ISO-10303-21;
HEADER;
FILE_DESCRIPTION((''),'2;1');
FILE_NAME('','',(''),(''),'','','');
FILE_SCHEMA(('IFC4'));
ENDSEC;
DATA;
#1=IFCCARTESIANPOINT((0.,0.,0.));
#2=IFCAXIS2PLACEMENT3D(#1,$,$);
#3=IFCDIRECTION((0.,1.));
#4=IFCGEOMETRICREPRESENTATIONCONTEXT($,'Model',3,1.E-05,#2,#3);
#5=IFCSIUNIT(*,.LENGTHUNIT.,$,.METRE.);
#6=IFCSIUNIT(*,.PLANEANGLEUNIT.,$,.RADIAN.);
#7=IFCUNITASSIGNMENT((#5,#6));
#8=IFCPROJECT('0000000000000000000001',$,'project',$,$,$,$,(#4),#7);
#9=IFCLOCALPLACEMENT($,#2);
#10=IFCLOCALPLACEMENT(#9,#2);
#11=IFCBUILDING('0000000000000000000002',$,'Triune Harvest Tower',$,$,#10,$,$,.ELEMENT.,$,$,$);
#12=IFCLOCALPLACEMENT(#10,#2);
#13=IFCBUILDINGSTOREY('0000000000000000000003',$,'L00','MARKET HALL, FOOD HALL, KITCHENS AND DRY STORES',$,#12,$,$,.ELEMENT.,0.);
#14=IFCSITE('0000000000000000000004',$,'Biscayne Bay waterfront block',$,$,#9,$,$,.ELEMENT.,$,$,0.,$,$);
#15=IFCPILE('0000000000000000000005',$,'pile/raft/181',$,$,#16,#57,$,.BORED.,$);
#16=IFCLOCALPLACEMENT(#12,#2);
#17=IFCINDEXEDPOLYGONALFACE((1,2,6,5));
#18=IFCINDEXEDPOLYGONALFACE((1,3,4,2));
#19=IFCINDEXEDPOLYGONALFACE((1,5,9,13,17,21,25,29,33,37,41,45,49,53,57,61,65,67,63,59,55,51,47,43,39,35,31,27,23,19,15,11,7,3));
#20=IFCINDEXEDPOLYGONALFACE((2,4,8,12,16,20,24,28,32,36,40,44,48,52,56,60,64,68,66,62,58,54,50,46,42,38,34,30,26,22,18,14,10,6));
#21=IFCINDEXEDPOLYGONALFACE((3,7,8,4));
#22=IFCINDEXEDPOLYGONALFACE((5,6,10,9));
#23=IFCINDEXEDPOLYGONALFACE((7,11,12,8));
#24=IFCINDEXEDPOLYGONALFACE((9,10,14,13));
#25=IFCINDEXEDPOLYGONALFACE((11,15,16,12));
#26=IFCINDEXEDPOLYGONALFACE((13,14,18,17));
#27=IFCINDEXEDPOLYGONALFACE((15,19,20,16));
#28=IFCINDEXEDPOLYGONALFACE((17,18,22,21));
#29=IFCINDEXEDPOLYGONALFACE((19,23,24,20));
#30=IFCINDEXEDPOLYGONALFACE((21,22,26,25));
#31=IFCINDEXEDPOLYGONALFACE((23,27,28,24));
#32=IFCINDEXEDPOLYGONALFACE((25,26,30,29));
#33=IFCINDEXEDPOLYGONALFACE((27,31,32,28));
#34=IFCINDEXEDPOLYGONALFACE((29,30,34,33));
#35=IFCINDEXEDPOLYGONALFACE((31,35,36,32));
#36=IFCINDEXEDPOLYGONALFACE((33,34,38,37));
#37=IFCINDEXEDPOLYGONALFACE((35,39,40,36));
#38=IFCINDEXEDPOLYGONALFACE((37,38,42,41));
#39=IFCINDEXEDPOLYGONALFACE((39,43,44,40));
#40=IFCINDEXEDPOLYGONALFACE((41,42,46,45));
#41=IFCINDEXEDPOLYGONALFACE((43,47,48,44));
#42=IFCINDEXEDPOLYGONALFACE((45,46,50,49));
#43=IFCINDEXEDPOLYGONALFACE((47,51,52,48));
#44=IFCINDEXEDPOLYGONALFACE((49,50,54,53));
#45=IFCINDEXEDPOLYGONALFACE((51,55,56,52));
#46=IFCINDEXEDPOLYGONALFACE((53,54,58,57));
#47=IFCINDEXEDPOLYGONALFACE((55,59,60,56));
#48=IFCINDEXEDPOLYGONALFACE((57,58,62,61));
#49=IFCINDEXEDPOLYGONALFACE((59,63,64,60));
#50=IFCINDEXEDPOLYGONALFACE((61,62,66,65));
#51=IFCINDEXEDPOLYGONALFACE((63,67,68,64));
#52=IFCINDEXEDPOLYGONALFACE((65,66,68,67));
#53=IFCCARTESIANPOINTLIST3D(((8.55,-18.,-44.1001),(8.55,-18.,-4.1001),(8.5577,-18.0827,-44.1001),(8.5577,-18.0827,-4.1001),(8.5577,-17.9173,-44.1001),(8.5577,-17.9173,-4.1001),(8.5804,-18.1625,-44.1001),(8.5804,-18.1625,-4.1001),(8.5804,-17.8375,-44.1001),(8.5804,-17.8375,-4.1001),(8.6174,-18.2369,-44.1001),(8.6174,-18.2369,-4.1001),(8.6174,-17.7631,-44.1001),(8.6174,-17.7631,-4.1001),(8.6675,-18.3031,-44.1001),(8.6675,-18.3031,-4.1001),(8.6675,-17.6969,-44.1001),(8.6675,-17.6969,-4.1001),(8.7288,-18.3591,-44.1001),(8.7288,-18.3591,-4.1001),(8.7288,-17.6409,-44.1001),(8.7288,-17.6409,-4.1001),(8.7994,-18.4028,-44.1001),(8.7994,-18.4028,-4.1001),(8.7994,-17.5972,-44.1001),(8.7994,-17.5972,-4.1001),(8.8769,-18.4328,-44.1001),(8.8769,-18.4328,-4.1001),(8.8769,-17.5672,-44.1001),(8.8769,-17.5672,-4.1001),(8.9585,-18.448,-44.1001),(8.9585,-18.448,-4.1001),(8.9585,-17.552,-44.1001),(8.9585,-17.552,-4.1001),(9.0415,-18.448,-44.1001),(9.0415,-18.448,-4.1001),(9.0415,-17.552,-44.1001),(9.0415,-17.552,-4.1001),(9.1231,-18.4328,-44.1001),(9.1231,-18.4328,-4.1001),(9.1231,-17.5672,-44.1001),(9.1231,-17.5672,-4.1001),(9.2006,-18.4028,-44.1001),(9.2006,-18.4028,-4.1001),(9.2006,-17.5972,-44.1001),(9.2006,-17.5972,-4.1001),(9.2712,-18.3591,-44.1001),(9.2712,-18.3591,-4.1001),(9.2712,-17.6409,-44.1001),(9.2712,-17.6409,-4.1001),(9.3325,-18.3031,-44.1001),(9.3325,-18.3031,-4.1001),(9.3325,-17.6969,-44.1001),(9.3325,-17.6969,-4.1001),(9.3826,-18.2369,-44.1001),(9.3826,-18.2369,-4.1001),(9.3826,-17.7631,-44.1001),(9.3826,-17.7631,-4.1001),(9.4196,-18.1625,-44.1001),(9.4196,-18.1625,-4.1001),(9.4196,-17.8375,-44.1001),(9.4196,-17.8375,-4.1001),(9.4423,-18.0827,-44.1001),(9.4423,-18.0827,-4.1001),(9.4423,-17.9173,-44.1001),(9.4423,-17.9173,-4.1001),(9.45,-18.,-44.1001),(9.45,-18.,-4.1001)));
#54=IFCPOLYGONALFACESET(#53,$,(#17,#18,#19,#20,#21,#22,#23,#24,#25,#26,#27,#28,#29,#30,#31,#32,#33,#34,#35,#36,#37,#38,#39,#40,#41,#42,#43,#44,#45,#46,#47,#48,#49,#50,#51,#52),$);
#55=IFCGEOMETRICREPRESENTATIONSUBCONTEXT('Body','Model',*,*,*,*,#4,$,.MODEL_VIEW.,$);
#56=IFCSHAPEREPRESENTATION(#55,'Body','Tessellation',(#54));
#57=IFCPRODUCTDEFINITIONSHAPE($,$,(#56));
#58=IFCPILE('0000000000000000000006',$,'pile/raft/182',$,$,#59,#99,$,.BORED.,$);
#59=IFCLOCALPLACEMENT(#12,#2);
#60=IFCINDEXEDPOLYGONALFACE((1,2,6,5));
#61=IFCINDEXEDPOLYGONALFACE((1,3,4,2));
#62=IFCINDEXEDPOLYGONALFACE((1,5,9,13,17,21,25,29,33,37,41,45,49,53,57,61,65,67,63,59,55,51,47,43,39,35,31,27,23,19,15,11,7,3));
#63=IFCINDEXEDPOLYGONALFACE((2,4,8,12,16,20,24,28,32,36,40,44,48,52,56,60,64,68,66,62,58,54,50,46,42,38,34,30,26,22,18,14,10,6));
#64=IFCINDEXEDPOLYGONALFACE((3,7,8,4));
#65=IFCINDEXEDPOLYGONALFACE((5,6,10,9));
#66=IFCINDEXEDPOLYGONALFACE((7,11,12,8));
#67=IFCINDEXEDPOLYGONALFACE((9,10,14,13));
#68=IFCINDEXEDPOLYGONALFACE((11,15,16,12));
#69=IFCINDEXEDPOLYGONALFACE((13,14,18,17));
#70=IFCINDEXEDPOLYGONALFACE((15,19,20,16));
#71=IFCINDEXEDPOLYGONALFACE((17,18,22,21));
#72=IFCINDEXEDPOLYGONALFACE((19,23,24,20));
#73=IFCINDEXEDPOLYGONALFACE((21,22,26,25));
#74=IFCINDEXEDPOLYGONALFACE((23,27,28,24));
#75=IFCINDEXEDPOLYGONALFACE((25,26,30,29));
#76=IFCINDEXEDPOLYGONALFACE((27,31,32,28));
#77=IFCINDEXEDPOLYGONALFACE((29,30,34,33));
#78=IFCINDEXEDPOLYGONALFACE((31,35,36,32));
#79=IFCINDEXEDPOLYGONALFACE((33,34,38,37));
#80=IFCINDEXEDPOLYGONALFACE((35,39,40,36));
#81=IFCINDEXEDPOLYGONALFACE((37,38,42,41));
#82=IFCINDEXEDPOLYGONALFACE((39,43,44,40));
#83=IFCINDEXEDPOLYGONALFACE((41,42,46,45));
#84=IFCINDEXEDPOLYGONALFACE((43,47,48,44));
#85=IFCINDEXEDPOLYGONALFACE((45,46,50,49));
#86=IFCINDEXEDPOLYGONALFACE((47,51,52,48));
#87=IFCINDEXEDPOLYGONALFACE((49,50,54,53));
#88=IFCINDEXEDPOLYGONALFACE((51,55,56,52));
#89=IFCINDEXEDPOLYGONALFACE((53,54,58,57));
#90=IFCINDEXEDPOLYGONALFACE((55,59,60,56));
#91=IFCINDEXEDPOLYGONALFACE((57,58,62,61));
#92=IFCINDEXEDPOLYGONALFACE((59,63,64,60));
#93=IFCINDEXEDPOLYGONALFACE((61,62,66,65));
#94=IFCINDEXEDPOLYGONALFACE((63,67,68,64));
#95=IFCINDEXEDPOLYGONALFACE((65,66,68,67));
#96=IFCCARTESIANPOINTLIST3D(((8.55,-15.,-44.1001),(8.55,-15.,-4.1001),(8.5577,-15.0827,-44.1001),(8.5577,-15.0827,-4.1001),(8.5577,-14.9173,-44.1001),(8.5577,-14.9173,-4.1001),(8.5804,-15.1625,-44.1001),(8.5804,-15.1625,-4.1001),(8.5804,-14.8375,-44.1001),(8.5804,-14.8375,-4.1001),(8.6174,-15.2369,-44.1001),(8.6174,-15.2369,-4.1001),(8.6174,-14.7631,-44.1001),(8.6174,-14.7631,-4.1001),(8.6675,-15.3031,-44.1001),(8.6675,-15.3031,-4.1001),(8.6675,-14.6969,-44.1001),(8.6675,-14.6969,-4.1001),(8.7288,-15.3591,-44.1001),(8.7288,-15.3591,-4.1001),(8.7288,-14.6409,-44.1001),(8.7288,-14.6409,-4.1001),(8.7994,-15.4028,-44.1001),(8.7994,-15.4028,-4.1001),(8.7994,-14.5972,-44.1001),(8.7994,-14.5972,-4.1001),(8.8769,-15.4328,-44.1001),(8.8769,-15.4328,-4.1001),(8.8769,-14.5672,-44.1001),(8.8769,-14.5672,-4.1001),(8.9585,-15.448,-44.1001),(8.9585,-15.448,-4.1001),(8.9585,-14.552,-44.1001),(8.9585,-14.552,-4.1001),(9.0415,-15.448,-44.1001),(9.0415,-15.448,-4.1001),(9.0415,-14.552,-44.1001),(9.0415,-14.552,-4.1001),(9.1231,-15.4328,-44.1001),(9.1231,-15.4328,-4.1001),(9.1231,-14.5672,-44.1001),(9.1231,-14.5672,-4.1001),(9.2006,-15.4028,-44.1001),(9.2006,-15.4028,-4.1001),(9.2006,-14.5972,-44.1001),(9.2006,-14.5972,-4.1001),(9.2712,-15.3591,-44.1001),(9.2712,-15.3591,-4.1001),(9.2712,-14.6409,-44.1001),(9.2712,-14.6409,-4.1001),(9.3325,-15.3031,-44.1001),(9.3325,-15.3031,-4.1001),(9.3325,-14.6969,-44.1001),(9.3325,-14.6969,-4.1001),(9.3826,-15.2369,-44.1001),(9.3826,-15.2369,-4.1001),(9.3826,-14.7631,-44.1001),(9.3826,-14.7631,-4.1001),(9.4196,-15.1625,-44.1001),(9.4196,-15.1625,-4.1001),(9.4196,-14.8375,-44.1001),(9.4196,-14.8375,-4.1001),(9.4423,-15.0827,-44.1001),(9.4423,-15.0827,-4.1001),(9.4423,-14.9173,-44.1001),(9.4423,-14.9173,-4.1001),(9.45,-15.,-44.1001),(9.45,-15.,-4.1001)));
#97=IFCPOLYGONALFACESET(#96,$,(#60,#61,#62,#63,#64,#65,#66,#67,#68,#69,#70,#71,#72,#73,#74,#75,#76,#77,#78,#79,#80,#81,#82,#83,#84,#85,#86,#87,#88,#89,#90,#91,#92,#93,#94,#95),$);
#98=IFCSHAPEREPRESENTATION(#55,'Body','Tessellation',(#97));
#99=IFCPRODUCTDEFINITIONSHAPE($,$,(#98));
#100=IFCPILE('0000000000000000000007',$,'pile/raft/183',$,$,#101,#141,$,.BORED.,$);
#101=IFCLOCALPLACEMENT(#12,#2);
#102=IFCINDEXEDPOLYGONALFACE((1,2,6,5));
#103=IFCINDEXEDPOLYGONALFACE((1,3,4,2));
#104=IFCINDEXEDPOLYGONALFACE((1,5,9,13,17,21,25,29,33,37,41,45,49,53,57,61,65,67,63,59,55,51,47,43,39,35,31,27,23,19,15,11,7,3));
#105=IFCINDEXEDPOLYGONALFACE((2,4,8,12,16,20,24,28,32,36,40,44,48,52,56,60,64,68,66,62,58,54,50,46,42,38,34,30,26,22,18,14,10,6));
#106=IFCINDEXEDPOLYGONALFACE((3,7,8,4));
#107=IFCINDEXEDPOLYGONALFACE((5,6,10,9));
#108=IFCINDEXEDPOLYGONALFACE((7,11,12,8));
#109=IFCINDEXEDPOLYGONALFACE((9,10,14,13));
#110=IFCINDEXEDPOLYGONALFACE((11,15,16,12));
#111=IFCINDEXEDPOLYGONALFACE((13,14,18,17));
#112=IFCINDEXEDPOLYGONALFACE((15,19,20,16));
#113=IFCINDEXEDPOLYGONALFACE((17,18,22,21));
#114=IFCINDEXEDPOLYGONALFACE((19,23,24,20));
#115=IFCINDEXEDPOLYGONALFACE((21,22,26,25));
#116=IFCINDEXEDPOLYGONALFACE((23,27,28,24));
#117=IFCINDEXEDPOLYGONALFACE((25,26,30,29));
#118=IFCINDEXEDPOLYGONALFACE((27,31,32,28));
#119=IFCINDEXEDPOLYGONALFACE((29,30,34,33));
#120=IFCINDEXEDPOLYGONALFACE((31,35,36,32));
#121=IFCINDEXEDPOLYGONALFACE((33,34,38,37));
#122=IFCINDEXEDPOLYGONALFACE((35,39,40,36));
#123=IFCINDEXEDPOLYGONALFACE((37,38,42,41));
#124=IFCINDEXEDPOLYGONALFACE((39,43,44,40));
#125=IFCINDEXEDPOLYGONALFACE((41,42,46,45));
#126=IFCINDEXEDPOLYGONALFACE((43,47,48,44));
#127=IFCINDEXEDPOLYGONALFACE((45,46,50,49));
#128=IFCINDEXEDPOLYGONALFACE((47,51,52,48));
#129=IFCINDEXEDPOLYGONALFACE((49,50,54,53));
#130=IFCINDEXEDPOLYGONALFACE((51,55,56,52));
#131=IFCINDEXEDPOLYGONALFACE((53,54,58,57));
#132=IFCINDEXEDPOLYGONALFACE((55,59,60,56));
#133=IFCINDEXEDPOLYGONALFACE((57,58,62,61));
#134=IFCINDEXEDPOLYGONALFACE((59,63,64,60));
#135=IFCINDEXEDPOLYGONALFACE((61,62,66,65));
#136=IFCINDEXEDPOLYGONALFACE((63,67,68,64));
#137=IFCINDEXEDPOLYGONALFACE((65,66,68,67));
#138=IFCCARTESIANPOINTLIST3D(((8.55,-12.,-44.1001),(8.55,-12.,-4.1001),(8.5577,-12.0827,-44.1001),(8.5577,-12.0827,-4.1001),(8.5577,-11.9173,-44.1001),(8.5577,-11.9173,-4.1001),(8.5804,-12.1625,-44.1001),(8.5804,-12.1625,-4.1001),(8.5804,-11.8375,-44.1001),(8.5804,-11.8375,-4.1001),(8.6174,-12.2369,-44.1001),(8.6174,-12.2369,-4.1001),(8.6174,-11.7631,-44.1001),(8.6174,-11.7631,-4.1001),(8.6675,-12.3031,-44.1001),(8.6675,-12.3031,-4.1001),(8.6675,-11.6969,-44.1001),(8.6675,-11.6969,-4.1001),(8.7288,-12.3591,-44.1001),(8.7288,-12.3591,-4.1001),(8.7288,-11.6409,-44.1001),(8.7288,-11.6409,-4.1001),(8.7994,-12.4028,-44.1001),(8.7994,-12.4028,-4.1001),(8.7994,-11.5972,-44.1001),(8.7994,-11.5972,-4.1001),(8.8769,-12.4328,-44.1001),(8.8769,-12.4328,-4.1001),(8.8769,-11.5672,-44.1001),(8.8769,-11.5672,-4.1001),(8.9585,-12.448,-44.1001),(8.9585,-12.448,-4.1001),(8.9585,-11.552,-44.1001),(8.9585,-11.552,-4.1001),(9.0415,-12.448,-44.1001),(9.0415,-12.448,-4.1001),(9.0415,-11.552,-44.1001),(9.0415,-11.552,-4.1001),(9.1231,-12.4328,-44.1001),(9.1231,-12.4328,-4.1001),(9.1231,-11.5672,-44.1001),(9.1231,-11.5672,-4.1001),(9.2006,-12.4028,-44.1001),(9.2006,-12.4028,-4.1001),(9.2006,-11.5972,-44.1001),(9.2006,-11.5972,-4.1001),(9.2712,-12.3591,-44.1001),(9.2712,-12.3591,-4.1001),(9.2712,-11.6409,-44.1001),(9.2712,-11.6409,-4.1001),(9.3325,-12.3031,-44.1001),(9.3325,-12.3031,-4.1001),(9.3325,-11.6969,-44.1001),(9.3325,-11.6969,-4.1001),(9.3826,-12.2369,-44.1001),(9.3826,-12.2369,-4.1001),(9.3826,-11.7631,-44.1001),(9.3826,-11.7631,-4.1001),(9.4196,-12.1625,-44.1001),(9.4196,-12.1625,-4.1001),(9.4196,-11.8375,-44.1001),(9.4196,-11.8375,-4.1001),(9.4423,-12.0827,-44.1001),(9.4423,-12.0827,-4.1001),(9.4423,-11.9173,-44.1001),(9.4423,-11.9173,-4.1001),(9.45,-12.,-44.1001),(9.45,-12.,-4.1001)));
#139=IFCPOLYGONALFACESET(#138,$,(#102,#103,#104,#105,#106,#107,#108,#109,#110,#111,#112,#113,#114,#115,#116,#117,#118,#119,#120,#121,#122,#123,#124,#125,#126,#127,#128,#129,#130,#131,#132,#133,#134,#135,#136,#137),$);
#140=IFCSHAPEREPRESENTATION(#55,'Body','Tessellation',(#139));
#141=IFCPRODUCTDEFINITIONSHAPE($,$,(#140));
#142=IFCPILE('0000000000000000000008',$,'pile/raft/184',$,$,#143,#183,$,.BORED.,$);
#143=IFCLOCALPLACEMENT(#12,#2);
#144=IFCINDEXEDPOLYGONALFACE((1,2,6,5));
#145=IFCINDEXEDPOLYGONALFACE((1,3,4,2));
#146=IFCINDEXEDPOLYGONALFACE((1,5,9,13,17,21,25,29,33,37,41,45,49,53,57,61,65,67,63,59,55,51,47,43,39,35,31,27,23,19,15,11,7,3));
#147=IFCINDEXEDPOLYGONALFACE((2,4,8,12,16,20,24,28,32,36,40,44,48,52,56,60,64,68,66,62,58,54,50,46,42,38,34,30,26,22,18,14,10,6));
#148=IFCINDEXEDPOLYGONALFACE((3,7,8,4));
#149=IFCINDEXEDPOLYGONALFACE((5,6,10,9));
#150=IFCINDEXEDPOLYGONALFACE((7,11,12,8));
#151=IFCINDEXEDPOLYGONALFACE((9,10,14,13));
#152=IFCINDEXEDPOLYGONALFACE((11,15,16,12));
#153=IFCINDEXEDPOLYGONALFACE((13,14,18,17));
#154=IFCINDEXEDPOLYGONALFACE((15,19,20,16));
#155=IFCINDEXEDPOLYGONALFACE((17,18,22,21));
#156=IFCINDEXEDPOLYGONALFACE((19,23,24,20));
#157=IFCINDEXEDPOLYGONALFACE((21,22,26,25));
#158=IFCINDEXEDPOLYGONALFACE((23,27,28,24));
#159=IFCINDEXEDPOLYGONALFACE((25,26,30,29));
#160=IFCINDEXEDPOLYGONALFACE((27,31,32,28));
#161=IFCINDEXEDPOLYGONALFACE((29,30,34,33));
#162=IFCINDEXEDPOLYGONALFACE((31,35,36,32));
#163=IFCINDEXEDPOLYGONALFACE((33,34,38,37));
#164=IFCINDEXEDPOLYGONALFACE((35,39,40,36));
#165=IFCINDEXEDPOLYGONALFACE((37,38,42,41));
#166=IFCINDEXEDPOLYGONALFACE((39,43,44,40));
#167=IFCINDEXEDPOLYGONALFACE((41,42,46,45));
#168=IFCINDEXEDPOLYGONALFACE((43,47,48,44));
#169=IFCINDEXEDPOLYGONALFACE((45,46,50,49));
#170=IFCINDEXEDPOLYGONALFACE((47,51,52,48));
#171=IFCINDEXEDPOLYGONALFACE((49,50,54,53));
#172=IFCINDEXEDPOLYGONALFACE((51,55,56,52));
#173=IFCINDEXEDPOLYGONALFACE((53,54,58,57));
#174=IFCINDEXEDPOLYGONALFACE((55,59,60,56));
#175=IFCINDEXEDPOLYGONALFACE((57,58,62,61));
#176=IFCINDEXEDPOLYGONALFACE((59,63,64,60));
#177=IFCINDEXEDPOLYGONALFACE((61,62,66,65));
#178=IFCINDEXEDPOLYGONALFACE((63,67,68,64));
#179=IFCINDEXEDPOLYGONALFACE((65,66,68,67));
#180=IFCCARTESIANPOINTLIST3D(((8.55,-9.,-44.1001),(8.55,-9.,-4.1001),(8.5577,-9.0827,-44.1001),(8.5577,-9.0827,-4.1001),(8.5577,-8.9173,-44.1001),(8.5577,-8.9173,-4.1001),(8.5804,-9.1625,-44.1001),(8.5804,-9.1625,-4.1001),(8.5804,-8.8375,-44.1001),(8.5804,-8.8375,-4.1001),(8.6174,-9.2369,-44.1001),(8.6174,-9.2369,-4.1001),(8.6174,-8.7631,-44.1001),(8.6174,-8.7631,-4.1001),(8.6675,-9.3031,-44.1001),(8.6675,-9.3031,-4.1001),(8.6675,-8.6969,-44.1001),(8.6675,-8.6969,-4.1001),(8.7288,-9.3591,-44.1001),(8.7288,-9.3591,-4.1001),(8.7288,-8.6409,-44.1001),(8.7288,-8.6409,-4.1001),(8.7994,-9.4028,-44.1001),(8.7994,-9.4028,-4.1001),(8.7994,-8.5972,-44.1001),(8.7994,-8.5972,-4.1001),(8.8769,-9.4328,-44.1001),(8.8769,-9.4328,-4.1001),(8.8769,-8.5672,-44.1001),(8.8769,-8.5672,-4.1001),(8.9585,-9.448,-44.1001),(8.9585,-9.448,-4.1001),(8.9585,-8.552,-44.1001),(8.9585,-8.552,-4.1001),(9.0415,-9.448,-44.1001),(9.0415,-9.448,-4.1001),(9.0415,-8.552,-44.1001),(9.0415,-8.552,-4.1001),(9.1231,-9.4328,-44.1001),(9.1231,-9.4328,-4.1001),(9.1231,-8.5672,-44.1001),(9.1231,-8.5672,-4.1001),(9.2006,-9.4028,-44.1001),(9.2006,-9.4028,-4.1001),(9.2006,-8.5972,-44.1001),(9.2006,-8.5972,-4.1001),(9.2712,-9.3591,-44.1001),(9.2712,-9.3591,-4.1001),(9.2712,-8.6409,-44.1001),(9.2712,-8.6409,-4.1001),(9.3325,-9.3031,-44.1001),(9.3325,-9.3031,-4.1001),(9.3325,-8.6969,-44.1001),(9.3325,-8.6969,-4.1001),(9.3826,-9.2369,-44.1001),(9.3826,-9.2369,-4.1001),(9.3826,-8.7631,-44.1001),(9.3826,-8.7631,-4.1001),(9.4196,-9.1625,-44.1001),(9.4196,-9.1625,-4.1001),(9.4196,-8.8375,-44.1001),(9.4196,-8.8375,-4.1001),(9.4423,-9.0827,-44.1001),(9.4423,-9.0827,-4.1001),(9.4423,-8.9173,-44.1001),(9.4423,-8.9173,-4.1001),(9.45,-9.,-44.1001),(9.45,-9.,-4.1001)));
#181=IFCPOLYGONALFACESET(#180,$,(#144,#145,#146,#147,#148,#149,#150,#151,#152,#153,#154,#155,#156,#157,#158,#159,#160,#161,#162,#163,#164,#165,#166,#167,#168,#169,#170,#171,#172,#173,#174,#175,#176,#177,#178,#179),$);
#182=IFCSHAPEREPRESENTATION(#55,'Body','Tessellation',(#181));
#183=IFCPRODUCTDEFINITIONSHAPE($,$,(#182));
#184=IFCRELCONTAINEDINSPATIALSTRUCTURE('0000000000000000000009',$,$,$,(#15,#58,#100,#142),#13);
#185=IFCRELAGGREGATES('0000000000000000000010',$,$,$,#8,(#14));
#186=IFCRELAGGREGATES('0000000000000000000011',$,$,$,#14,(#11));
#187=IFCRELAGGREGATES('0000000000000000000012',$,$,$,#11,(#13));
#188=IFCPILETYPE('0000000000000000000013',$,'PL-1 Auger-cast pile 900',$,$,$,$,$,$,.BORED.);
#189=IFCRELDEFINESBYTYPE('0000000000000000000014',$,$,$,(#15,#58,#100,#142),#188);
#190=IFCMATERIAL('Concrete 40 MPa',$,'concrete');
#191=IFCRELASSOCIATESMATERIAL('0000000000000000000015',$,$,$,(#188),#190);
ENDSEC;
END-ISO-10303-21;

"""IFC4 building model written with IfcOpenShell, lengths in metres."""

from ifc_helpers import new_model, si_unit, direction, frame, origin, origin_2d, place, context, subcontext, project, spatial, circle, extrude, source, transform, mapped, material, material_profile, profile_set, type_object, element, save


model = new_model("IFC4")

# Units and contexts
model_context = context("Model", 3, precision=1e-05, world=origin(), true_north=direction((0.0, 1.0)))
body_context = subcontext(model_context, "Body", "Model", "MODEL_VIEW")
ifc_project = project(units=[si_unit("LENGTHUNIT", "METRE"), si_unit("PLANEANGLEUNIT", "RADIAN")], contexts=[model_context])

# Site, building, storey
site_placement = place(None, origin())
site = spatial("IfcSite", under=ifc_project, at=site_placement, Name="Biscayne Bay waterfront block", CompositionType="ELEMENT", RefElevation=0.0)
building_placement = place(site_placement, origin())
building = spatial("IfcBuilding", under=site, at=building_placement, Name="Triune Harvest Tower", CompositionType="ELEMENT")
storey_placement = place(building_placement, origin())
storey = spatial("IfcBuildingStorey", under=building, at=storey_placement, Name="L00", Description="MARKET HALL, FOOD HALL, KITCHENS AND DRY STORES", CompositionType="ELEMENT", Elevation=0.0)

# Piles
ifc_material_1 = material(Name="Concrete 40 MPa", Category="concrete")
ifc_material_profile = material_profile(ifc_material_1, circle(Radius=0.45, at=origin_2d()), Name="Bored 900")
ifc_profile_set = profile_set([ifc_material_profile], Name="Concrete 40 MPa")
pile_type = type_object("IfcPileType", Name="PL-1 Auger-cast pile 900", PredefinedType="BORED", material=ifc_profile_set)
shared_shape_1 = source(origin(), body_context, "Body", "SweptSolid", [
    extrude(circle(Radius=0.45, at=origin_2d()), origin(), (0.0, 0.0, 1.0), 40.0),
])
for number, where, z_axis, x_axis, name in (
    (1, (9.0, -18.0, -4.1001), (0.0, 0.0, -1.0), (1.0, 0.0, 0.0), "pile/raft/181"),
    (2, (9.0, -15.0, -4.1001), (0.0, 0.0, -1.0), (1.0, 0.0, 0.0), "pile/raft/182"),
    (3, (9.0, -12.0, -4.1001), (0.0, 0.0, -1.0), (1.0, 0.0, 0.0), "pile/raft/183"),
    (4, (9.0, -9.0, -4.1001), (0.0, 0.0, -1.0), (1.0, 0.0, 0.0), "pile/raft/184"),
):
    element("IfcPile", number, at=place(storey_placement, frame(where, z_axis=z_axis, x_axis=x_axis)), inside=storey, type_object=pile_type, Name=name, PredefinedType="BORED", context=body_context, shape_type="MappedRepresentation", body=[
        mapped(shared_shape_1, transform((0.0, 0.0, 0.0), scale=1.0)),
    ])

save(model, "model.ifc")
